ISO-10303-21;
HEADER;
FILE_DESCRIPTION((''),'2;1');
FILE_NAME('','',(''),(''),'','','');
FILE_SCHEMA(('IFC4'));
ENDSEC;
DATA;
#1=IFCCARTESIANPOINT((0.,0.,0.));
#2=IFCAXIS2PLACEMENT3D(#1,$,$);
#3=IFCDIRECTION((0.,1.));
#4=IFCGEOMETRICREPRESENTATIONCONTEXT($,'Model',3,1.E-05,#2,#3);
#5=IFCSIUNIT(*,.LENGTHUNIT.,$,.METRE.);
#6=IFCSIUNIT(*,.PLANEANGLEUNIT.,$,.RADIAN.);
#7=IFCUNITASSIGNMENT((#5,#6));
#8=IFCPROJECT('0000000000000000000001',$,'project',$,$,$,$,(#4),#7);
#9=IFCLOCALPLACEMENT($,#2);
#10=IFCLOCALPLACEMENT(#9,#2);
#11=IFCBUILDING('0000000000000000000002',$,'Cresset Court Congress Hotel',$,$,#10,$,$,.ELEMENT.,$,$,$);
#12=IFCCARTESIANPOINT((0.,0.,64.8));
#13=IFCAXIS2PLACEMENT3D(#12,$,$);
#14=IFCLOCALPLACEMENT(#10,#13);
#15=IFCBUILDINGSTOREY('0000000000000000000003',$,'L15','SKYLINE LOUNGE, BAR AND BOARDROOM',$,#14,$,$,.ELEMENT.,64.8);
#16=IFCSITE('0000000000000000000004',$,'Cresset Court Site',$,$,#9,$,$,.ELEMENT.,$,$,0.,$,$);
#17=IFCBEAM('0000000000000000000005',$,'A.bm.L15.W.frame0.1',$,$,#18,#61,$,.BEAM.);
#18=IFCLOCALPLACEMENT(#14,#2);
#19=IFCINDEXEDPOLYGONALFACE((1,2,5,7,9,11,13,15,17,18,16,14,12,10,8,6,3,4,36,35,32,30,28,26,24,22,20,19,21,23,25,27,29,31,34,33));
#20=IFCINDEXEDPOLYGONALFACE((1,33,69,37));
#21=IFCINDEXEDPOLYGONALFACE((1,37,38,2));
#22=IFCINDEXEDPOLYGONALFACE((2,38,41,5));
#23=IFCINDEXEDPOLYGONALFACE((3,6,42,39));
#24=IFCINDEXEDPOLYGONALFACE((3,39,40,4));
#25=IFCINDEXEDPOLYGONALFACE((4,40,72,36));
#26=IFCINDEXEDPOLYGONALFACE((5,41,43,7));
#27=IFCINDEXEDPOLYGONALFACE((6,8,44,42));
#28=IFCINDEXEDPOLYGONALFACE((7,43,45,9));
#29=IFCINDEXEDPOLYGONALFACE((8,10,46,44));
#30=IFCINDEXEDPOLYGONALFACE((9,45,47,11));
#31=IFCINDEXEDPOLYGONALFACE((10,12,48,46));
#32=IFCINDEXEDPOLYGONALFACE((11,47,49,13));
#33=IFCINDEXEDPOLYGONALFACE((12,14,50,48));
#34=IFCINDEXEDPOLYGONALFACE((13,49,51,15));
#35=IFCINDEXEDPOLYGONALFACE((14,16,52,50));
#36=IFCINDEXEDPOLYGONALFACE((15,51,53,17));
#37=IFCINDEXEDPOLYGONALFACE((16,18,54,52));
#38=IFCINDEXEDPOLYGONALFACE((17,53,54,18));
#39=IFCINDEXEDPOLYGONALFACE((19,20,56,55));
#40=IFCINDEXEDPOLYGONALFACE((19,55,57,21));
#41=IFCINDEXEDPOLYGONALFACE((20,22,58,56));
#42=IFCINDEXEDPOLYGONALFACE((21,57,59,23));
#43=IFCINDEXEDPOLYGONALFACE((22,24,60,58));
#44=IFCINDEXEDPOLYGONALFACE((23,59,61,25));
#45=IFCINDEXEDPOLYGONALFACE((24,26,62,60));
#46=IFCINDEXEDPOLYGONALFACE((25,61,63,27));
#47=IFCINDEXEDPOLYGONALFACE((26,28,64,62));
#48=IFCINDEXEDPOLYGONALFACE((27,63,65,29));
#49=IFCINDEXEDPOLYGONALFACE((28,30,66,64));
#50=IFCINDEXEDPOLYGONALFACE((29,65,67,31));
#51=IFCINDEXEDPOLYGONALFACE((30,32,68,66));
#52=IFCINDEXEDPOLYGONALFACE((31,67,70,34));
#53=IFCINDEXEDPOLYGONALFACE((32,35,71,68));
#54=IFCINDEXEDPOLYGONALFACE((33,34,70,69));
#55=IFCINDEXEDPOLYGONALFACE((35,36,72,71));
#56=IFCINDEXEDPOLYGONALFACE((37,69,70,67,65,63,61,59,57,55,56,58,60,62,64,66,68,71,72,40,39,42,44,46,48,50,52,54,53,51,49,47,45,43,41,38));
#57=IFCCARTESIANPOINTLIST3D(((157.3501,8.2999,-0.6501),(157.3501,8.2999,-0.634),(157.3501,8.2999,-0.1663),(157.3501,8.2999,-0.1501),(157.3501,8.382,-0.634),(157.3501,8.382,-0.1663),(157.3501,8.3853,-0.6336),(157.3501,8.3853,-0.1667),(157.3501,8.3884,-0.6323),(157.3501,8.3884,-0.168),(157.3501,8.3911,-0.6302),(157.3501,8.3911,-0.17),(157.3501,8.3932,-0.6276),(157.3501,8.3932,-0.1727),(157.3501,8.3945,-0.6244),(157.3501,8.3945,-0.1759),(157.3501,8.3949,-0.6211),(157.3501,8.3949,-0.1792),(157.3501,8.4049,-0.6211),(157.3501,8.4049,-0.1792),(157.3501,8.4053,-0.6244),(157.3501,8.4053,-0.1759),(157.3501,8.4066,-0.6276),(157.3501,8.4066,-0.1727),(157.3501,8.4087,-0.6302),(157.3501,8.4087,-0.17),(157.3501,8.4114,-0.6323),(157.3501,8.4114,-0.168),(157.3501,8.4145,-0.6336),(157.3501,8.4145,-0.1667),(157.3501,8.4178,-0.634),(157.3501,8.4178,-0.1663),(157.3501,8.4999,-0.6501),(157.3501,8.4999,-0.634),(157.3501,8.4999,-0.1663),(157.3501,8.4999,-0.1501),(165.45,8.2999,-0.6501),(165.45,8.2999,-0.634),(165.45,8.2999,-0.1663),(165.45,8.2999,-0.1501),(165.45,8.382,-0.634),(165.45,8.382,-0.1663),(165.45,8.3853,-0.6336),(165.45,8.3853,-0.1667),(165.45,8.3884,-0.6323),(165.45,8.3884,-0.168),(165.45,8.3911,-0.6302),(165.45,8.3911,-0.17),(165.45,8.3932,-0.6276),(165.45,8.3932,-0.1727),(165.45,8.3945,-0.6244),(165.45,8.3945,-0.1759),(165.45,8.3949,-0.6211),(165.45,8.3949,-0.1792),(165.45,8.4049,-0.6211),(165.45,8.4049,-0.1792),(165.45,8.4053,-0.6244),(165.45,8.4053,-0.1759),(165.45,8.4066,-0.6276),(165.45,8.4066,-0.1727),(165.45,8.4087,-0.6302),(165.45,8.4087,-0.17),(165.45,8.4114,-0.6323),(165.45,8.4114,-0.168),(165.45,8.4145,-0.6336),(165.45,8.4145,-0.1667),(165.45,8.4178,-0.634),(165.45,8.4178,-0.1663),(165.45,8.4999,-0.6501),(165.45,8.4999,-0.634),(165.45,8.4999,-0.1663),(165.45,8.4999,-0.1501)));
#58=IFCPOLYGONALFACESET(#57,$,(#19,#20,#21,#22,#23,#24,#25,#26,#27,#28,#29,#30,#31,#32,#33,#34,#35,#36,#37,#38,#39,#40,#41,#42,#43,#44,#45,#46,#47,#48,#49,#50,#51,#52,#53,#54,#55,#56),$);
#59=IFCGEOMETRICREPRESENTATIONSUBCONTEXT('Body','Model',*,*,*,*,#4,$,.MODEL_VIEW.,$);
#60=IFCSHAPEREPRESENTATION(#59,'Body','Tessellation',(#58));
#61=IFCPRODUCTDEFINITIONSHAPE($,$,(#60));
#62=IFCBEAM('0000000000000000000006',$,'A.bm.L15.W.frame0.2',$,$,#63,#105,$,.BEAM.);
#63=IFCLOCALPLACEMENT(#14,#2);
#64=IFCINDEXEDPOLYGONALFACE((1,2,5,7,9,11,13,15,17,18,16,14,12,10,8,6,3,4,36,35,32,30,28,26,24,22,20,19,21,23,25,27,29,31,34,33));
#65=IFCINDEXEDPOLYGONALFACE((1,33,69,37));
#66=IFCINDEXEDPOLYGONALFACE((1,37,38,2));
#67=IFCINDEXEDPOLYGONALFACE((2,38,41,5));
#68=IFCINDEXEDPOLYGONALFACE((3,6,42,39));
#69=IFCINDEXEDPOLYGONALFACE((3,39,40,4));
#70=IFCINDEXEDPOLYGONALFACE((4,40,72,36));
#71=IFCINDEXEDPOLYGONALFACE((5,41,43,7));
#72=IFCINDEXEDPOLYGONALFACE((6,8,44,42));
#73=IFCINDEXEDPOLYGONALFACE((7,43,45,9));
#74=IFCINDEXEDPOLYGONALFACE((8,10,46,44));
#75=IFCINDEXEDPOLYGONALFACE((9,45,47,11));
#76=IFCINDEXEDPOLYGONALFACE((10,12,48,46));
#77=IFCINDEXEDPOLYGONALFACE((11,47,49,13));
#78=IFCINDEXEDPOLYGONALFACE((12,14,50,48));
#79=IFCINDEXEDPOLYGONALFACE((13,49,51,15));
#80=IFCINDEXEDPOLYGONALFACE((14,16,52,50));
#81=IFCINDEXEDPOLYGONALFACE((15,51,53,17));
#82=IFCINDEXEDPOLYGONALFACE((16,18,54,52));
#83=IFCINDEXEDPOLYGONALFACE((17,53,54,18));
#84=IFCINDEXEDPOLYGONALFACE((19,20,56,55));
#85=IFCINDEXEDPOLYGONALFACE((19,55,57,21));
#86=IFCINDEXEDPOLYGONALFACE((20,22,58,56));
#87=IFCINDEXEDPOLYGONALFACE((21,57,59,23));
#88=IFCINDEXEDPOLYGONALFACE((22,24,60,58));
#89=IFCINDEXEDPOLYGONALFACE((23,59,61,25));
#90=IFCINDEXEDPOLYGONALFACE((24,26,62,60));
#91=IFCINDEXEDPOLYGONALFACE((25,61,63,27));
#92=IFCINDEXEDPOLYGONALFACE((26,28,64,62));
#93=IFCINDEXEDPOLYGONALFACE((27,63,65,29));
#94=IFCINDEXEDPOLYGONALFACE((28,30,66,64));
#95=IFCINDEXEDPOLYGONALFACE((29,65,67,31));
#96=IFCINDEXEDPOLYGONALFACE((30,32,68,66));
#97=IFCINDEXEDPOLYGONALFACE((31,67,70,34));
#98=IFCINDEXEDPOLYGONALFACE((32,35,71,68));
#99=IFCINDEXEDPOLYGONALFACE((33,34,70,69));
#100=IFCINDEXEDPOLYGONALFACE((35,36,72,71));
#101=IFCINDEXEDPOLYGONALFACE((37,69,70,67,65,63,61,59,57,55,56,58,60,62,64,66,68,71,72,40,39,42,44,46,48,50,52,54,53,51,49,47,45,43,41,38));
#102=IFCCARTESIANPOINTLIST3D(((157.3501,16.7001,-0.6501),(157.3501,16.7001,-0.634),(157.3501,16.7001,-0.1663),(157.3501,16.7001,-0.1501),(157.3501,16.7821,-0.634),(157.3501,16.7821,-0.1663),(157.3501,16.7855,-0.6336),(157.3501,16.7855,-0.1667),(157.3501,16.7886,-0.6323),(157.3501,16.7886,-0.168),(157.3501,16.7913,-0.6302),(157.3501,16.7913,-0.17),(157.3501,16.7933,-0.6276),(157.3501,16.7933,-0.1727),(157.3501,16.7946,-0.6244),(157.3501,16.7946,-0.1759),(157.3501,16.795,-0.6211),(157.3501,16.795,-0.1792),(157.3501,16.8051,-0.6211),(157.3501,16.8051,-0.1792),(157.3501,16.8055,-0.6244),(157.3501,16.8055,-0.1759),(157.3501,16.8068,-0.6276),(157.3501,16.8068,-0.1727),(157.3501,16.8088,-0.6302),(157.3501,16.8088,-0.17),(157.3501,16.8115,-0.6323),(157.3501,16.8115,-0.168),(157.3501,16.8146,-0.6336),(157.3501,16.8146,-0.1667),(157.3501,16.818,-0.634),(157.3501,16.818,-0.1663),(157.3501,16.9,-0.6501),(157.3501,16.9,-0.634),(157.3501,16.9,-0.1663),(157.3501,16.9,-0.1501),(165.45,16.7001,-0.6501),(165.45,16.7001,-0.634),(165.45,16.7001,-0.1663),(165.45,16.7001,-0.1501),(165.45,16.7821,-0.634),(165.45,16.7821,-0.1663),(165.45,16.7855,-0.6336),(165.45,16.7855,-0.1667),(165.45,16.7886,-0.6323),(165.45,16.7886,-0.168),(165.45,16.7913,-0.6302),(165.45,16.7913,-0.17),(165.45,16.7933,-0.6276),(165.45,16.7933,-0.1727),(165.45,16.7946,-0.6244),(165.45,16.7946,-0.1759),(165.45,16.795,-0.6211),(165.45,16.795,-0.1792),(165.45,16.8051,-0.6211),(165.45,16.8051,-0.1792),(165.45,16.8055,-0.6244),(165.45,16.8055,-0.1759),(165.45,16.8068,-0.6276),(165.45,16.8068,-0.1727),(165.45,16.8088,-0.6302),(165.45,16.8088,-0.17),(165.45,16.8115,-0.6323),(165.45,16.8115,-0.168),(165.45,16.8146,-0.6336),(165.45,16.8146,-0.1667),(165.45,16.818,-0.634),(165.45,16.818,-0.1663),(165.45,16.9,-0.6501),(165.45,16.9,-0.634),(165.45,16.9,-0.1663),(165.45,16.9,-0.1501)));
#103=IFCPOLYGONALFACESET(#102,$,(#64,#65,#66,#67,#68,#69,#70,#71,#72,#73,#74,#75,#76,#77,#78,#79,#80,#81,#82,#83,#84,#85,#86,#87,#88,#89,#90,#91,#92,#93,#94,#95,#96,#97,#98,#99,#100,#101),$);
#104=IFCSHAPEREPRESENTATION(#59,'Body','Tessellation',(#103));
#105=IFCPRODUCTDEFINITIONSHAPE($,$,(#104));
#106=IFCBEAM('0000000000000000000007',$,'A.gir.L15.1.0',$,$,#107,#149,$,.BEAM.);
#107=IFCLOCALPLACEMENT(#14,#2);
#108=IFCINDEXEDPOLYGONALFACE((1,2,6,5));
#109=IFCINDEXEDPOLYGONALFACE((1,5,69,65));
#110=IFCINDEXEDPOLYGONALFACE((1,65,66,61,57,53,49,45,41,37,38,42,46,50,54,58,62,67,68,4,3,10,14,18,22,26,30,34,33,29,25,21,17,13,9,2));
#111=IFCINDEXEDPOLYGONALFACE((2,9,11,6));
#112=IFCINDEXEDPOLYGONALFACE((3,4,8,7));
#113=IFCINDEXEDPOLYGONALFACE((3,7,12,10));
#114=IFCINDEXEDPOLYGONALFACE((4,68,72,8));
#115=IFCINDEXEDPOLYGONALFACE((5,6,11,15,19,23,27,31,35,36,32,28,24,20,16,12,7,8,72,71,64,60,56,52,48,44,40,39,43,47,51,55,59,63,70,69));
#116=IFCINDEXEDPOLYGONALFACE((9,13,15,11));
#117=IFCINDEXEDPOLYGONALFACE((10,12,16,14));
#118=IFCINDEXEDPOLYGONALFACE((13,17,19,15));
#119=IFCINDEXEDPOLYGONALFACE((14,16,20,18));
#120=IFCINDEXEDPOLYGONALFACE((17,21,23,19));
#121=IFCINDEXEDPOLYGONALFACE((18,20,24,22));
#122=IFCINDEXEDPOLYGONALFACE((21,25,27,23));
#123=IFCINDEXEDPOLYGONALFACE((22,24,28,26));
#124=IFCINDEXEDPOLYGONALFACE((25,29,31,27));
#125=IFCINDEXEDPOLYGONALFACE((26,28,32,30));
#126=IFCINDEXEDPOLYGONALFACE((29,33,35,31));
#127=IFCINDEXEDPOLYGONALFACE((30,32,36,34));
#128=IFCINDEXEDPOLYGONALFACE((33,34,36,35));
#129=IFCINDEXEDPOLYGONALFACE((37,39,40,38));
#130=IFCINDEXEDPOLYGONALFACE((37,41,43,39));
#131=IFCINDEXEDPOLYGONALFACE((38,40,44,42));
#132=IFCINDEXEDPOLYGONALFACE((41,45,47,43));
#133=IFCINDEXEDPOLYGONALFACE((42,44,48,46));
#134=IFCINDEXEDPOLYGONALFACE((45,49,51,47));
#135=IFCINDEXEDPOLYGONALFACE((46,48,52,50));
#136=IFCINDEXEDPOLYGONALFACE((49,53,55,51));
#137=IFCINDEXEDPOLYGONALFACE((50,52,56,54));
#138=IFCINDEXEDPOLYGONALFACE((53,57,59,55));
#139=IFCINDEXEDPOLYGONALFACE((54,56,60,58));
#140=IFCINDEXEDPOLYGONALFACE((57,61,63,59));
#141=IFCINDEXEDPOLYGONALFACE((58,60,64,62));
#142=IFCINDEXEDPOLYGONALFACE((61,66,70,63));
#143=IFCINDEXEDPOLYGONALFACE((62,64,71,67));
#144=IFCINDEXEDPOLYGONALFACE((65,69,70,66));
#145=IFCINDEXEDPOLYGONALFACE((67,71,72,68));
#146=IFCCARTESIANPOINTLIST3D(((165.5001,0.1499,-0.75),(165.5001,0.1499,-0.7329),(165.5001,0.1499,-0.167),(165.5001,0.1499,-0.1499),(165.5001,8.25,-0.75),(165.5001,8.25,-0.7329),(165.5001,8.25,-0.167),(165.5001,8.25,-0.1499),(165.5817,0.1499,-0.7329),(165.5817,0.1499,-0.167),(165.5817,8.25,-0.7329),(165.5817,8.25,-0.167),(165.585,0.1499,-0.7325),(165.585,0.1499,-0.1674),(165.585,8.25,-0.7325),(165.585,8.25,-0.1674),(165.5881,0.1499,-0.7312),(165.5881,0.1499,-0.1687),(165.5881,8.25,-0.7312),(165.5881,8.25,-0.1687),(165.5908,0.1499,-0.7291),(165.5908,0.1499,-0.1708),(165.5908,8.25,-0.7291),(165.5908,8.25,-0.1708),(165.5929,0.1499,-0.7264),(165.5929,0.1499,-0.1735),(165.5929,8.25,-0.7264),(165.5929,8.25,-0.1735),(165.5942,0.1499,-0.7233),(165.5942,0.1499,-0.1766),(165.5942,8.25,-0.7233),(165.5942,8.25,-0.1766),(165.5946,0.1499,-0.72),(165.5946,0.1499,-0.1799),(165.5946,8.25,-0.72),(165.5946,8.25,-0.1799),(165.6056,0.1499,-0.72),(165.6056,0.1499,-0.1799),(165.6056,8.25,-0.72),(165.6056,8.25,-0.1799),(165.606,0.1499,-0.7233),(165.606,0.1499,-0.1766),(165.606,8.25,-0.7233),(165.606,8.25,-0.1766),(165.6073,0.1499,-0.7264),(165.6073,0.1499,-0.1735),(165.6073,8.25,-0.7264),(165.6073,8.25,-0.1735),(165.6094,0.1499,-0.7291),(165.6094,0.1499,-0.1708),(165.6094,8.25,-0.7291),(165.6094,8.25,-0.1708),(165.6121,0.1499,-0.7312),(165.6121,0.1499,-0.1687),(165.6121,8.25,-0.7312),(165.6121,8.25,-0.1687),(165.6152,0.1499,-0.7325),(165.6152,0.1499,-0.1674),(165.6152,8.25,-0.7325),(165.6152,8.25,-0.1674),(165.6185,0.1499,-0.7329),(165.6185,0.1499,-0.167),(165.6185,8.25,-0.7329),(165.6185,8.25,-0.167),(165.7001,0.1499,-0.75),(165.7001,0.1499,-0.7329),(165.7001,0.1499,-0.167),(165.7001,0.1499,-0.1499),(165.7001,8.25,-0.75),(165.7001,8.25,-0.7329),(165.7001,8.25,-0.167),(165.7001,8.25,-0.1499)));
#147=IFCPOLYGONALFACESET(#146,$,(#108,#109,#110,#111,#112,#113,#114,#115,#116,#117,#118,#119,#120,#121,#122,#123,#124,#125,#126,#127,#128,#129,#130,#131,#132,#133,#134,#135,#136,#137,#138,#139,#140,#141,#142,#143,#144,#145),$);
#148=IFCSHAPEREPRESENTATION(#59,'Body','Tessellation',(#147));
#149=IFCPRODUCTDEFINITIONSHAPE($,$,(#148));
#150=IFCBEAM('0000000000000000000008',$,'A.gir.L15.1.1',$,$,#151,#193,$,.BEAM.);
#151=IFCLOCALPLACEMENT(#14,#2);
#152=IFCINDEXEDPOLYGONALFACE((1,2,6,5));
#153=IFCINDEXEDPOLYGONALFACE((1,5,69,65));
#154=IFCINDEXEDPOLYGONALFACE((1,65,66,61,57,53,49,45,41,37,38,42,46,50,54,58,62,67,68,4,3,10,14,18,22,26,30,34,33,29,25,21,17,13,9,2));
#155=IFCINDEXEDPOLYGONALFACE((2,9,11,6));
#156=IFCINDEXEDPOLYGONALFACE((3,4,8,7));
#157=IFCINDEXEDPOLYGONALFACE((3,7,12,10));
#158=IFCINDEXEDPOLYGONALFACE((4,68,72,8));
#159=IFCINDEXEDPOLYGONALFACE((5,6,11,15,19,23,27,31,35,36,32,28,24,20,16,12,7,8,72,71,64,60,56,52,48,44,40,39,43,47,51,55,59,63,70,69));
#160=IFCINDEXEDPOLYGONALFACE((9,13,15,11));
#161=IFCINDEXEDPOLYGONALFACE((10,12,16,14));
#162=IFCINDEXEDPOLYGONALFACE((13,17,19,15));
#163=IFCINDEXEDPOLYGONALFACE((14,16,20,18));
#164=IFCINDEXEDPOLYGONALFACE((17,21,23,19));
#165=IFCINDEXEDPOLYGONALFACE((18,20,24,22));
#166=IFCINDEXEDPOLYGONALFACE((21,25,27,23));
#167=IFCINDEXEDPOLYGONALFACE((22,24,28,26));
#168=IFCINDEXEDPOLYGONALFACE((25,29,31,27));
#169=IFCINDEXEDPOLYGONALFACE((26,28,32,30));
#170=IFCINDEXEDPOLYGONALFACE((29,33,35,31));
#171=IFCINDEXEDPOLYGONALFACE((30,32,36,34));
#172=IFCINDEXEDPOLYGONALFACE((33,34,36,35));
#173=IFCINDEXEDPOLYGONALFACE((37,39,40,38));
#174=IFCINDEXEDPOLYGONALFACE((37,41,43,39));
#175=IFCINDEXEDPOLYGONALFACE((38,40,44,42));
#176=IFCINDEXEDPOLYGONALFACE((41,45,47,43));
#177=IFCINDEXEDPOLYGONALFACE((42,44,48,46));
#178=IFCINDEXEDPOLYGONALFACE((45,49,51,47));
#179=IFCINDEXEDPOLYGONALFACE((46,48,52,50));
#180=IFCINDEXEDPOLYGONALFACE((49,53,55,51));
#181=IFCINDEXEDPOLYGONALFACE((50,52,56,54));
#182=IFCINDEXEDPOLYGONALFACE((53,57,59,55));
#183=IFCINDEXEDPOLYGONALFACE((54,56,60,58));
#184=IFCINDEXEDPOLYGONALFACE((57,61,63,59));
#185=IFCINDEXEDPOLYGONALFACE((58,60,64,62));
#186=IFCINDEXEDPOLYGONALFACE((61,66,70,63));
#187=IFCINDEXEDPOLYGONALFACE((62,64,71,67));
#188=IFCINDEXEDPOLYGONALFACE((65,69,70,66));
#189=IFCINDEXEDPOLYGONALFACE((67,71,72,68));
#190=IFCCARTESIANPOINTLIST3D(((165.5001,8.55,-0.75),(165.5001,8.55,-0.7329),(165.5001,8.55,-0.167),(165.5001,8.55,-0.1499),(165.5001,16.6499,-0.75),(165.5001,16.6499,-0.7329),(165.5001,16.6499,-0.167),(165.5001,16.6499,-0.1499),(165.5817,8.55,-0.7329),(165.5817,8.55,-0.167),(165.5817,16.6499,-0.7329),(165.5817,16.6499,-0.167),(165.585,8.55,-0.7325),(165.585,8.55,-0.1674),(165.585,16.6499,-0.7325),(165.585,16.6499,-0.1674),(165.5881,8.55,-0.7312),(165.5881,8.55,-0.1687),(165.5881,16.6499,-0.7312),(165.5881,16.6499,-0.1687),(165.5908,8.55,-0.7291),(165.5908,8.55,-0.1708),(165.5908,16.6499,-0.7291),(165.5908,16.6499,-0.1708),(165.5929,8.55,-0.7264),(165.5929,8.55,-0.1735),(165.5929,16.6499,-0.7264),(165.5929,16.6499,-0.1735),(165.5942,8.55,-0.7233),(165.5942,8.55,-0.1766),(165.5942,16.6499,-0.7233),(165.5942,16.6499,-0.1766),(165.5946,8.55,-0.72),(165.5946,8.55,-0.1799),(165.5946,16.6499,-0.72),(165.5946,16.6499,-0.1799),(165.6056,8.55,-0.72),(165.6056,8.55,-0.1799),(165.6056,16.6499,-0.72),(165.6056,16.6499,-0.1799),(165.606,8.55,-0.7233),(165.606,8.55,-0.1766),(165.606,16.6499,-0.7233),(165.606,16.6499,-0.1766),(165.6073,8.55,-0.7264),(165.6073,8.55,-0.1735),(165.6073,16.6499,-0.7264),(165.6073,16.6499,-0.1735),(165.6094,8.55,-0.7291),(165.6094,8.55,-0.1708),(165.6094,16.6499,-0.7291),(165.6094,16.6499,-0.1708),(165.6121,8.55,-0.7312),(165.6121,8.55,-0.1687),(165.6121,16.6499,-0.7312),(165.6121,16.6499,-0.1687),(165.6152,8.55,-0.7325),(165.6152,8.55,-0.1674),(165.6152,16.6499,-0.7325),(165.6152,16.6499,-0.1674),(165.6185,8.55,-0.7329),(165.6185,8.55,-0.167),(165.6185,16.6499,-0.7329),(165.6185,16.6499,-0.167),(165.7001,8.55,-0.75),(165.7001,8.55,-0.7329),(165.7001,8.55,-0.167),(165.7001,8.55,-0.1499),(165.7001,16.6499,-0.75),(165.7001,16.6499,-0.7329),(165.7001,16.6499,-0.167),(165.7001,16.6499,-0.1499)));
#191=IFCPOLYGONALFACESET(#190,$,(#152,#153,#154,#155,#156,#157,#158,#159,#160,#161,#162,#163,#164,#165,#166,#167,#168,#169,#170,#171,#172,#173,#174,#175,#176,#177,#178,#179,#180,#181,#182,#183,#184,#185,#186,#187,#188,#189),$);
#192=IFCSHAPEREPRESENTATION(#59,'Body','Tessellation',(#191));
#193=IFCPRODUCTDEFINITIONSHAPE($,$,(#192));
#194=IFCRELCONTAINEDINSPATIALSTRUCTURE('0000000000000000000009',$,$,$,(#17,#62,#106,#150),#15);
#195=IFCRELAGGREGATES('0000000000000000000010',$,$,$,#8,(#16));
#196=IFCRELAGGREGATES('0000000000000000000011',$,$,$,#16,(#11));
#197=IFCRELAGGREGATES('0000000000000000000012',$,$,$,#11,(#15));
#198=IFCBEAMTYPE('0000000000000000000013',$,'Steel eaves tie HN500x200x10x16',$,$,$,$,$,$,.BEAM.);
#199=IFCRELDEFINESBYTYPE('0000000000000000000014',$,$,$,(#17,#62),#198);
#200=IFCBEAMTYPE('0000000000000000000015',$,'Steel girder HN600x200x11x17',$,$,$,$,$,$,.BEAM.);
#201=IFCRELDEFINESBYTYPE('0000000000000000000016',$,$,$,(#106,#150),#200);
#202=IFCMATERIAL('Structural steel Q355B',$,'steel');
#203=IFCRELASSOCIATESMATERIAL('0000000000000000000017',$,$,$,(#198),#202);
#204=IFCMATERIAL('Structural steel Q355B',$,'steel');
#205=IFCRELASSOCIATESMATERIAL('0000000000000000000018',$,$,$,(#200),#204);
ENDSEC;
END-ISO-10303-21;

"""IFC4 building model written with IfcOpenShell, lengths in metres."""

from ifc_helpers import new_model, si_unit, direction, frame, origin, origin_2d, place, context, subcontext, project, spatial, i_section, extrude, material, material_profile, profile_set, type_object, element, save


model = new_model("IFC4")

# Units and contexts
model_context = context("Model", 3, precision=1e-05, world=origin(), true_north=direction((0.0, 1.0)))
body_context = subcontext(model_context, "Body", "Model", "MODEL_VIEW")
ifc_project = project(units=[si_unit("LENGTHUNIT", "METRE"), si_unit("PLANEANGLEUNIT", "RADIAN")], contexts=[model_context])

# Site, building, storey
site_placement = place(None, origin())
site = spatial("IfcSite", under=ifc_project, at=site_placement, Name="Cresset Court Site", CompositionType="ELEMENT", RefElevation=0.0)
building_placement = place(site_placement, origin())
building = spatial("IfcBuilding", under=site, at=building_placement, Name="Cresset Court Congress Hotel", CompositionType="ELEMENT")
storey_placement = place(building_placement, frame((0.0, 0.0, 64.8)))
storey = spatial("IfcBuildingStorey", under=building, at=storey_placement, Name="L15", Description="SKYLINE LOUNGE, BAR AND BOARDROOM", CompositionType="ELEMENT", Elevation=64.8)

# Beams
ifc_material_1 = material(Name="Structural steel Q355B", Category="steel")
ifc_material_profile_1 = material_profile(ifc_material_1, i_section(OverallWidth=0.2, OverallDepth=0.5, WebThickness=0.01, FlangeThickness=0.0161, FilletRadius=0.0129, at=origin_2d()), Name="HN500x200x10x16")
ifc_profile_set_1 = profile_set([ifc_material_profile_1], Name="Structural steel Q355B")
beam_type_1 = type_object("IfcBeamType", Name="Steel eaves tie HN500x200x10x16", PredefinedType="BEAM", material=ifc_profile_set_1)
for number, where, z_axis, x_axis, name in (
    (1, (157.3501, 8.3999, -0.4001), (1.0, 0.0, 0.0), (0.0, 1.0, 0.0), "A.bm.L15.W.frame0.1"),
    (2, (157.3501, 16.8, -0.4001), (1.0, 0.0, 0.0), (0.0, 1.0, 0.0), "A.bm.L15.W.frame0.2"),
):
    element("IfcBeam", number, at=place(storey_placement, frame(where, z_axis=z_axis, x_axis=x_axis)), inside=storey, type_object=beam_type_1, Name=name, PredefinedType="BEAM", context=body_context, shape_type="SweptSolid", body=[
        extrude(i_section(OverallWidth=0.2, OverallDepth=0.5, WebThickness=0.01, FlangeThickness=0.0161, FilletRadius=0.0129, at=origin_2d()), origin(), (0.0, 0.0, 1.0), 8.0999),
    ])
ifc_material_2 = material(Name="Structural steel Q355B", Category="steel")
ifc_material_profile_2 = material_profile(ifc_material_2, i_section(OverallWidth=0.2, OverallDepth=0.6001, WebThickness=0.011, FlangeThickness=0.0171, FilletRadius=0.0129, at=origin_2d()), Name="HN600x200x11x17")
ifc_profile_set_2 = profile_set([ifc_material_profile_2], Name="Structural steel Q355B")
beam_type_2 = type_object("IfcBeamType", Name="Steel girder HN600x200x11x17", PredefinedType="BEAM", material=ifc_profile_set_2)
beam_1_placement = place(storey_placement, frame((165.6001, 0.1499, -0.45), z_axis=(0.0, 1.0, 0.0), x_axis=(-1.0, 0.0, 0.0)))
element("IfcBeam", 3, at=beam_1_placement, inside=storey, type_object=beam_type_2, Name="A.gir.L15.1.0", PredefinedType="BEAM", context=body_context, shape_type="SweptSolid", body=[
    extrude(i_section(OverallWidth=0.2, OverallDepth=0.6001, WebThickness=0.011, FlangeThickness=0.0171, FilletRadius=0.0129, at=origin_2d()), origin(), (0.0, 0.0, 1.0), 8.1001),
])
beam_2_placement = place(storey_placement, frame((165.6001, 8.55, -0.45), z_axis=(0.0, 1.0, 0.0), x_axis=(-1.0, 0.0, 0.0)))
element("IfcBeam", 4, at=beam_2_placement, inside=storey, type_object=beam_type_2, Name="A.gir.L15.1.1", PredefinedType="BEAM", context=body_context, shape_type="SweptSolid", body=[
    extrude(i_section(OverallWidth=0.2, OverallDepth=0.6001, WebThickness=0.011, FlangeThickness=0.0171, FilletRadius=0.0129, at=origin_2d()), origin(), (0.0, 0.0, 1.0), 8.0999),
])

save(model, "model.ifc")
